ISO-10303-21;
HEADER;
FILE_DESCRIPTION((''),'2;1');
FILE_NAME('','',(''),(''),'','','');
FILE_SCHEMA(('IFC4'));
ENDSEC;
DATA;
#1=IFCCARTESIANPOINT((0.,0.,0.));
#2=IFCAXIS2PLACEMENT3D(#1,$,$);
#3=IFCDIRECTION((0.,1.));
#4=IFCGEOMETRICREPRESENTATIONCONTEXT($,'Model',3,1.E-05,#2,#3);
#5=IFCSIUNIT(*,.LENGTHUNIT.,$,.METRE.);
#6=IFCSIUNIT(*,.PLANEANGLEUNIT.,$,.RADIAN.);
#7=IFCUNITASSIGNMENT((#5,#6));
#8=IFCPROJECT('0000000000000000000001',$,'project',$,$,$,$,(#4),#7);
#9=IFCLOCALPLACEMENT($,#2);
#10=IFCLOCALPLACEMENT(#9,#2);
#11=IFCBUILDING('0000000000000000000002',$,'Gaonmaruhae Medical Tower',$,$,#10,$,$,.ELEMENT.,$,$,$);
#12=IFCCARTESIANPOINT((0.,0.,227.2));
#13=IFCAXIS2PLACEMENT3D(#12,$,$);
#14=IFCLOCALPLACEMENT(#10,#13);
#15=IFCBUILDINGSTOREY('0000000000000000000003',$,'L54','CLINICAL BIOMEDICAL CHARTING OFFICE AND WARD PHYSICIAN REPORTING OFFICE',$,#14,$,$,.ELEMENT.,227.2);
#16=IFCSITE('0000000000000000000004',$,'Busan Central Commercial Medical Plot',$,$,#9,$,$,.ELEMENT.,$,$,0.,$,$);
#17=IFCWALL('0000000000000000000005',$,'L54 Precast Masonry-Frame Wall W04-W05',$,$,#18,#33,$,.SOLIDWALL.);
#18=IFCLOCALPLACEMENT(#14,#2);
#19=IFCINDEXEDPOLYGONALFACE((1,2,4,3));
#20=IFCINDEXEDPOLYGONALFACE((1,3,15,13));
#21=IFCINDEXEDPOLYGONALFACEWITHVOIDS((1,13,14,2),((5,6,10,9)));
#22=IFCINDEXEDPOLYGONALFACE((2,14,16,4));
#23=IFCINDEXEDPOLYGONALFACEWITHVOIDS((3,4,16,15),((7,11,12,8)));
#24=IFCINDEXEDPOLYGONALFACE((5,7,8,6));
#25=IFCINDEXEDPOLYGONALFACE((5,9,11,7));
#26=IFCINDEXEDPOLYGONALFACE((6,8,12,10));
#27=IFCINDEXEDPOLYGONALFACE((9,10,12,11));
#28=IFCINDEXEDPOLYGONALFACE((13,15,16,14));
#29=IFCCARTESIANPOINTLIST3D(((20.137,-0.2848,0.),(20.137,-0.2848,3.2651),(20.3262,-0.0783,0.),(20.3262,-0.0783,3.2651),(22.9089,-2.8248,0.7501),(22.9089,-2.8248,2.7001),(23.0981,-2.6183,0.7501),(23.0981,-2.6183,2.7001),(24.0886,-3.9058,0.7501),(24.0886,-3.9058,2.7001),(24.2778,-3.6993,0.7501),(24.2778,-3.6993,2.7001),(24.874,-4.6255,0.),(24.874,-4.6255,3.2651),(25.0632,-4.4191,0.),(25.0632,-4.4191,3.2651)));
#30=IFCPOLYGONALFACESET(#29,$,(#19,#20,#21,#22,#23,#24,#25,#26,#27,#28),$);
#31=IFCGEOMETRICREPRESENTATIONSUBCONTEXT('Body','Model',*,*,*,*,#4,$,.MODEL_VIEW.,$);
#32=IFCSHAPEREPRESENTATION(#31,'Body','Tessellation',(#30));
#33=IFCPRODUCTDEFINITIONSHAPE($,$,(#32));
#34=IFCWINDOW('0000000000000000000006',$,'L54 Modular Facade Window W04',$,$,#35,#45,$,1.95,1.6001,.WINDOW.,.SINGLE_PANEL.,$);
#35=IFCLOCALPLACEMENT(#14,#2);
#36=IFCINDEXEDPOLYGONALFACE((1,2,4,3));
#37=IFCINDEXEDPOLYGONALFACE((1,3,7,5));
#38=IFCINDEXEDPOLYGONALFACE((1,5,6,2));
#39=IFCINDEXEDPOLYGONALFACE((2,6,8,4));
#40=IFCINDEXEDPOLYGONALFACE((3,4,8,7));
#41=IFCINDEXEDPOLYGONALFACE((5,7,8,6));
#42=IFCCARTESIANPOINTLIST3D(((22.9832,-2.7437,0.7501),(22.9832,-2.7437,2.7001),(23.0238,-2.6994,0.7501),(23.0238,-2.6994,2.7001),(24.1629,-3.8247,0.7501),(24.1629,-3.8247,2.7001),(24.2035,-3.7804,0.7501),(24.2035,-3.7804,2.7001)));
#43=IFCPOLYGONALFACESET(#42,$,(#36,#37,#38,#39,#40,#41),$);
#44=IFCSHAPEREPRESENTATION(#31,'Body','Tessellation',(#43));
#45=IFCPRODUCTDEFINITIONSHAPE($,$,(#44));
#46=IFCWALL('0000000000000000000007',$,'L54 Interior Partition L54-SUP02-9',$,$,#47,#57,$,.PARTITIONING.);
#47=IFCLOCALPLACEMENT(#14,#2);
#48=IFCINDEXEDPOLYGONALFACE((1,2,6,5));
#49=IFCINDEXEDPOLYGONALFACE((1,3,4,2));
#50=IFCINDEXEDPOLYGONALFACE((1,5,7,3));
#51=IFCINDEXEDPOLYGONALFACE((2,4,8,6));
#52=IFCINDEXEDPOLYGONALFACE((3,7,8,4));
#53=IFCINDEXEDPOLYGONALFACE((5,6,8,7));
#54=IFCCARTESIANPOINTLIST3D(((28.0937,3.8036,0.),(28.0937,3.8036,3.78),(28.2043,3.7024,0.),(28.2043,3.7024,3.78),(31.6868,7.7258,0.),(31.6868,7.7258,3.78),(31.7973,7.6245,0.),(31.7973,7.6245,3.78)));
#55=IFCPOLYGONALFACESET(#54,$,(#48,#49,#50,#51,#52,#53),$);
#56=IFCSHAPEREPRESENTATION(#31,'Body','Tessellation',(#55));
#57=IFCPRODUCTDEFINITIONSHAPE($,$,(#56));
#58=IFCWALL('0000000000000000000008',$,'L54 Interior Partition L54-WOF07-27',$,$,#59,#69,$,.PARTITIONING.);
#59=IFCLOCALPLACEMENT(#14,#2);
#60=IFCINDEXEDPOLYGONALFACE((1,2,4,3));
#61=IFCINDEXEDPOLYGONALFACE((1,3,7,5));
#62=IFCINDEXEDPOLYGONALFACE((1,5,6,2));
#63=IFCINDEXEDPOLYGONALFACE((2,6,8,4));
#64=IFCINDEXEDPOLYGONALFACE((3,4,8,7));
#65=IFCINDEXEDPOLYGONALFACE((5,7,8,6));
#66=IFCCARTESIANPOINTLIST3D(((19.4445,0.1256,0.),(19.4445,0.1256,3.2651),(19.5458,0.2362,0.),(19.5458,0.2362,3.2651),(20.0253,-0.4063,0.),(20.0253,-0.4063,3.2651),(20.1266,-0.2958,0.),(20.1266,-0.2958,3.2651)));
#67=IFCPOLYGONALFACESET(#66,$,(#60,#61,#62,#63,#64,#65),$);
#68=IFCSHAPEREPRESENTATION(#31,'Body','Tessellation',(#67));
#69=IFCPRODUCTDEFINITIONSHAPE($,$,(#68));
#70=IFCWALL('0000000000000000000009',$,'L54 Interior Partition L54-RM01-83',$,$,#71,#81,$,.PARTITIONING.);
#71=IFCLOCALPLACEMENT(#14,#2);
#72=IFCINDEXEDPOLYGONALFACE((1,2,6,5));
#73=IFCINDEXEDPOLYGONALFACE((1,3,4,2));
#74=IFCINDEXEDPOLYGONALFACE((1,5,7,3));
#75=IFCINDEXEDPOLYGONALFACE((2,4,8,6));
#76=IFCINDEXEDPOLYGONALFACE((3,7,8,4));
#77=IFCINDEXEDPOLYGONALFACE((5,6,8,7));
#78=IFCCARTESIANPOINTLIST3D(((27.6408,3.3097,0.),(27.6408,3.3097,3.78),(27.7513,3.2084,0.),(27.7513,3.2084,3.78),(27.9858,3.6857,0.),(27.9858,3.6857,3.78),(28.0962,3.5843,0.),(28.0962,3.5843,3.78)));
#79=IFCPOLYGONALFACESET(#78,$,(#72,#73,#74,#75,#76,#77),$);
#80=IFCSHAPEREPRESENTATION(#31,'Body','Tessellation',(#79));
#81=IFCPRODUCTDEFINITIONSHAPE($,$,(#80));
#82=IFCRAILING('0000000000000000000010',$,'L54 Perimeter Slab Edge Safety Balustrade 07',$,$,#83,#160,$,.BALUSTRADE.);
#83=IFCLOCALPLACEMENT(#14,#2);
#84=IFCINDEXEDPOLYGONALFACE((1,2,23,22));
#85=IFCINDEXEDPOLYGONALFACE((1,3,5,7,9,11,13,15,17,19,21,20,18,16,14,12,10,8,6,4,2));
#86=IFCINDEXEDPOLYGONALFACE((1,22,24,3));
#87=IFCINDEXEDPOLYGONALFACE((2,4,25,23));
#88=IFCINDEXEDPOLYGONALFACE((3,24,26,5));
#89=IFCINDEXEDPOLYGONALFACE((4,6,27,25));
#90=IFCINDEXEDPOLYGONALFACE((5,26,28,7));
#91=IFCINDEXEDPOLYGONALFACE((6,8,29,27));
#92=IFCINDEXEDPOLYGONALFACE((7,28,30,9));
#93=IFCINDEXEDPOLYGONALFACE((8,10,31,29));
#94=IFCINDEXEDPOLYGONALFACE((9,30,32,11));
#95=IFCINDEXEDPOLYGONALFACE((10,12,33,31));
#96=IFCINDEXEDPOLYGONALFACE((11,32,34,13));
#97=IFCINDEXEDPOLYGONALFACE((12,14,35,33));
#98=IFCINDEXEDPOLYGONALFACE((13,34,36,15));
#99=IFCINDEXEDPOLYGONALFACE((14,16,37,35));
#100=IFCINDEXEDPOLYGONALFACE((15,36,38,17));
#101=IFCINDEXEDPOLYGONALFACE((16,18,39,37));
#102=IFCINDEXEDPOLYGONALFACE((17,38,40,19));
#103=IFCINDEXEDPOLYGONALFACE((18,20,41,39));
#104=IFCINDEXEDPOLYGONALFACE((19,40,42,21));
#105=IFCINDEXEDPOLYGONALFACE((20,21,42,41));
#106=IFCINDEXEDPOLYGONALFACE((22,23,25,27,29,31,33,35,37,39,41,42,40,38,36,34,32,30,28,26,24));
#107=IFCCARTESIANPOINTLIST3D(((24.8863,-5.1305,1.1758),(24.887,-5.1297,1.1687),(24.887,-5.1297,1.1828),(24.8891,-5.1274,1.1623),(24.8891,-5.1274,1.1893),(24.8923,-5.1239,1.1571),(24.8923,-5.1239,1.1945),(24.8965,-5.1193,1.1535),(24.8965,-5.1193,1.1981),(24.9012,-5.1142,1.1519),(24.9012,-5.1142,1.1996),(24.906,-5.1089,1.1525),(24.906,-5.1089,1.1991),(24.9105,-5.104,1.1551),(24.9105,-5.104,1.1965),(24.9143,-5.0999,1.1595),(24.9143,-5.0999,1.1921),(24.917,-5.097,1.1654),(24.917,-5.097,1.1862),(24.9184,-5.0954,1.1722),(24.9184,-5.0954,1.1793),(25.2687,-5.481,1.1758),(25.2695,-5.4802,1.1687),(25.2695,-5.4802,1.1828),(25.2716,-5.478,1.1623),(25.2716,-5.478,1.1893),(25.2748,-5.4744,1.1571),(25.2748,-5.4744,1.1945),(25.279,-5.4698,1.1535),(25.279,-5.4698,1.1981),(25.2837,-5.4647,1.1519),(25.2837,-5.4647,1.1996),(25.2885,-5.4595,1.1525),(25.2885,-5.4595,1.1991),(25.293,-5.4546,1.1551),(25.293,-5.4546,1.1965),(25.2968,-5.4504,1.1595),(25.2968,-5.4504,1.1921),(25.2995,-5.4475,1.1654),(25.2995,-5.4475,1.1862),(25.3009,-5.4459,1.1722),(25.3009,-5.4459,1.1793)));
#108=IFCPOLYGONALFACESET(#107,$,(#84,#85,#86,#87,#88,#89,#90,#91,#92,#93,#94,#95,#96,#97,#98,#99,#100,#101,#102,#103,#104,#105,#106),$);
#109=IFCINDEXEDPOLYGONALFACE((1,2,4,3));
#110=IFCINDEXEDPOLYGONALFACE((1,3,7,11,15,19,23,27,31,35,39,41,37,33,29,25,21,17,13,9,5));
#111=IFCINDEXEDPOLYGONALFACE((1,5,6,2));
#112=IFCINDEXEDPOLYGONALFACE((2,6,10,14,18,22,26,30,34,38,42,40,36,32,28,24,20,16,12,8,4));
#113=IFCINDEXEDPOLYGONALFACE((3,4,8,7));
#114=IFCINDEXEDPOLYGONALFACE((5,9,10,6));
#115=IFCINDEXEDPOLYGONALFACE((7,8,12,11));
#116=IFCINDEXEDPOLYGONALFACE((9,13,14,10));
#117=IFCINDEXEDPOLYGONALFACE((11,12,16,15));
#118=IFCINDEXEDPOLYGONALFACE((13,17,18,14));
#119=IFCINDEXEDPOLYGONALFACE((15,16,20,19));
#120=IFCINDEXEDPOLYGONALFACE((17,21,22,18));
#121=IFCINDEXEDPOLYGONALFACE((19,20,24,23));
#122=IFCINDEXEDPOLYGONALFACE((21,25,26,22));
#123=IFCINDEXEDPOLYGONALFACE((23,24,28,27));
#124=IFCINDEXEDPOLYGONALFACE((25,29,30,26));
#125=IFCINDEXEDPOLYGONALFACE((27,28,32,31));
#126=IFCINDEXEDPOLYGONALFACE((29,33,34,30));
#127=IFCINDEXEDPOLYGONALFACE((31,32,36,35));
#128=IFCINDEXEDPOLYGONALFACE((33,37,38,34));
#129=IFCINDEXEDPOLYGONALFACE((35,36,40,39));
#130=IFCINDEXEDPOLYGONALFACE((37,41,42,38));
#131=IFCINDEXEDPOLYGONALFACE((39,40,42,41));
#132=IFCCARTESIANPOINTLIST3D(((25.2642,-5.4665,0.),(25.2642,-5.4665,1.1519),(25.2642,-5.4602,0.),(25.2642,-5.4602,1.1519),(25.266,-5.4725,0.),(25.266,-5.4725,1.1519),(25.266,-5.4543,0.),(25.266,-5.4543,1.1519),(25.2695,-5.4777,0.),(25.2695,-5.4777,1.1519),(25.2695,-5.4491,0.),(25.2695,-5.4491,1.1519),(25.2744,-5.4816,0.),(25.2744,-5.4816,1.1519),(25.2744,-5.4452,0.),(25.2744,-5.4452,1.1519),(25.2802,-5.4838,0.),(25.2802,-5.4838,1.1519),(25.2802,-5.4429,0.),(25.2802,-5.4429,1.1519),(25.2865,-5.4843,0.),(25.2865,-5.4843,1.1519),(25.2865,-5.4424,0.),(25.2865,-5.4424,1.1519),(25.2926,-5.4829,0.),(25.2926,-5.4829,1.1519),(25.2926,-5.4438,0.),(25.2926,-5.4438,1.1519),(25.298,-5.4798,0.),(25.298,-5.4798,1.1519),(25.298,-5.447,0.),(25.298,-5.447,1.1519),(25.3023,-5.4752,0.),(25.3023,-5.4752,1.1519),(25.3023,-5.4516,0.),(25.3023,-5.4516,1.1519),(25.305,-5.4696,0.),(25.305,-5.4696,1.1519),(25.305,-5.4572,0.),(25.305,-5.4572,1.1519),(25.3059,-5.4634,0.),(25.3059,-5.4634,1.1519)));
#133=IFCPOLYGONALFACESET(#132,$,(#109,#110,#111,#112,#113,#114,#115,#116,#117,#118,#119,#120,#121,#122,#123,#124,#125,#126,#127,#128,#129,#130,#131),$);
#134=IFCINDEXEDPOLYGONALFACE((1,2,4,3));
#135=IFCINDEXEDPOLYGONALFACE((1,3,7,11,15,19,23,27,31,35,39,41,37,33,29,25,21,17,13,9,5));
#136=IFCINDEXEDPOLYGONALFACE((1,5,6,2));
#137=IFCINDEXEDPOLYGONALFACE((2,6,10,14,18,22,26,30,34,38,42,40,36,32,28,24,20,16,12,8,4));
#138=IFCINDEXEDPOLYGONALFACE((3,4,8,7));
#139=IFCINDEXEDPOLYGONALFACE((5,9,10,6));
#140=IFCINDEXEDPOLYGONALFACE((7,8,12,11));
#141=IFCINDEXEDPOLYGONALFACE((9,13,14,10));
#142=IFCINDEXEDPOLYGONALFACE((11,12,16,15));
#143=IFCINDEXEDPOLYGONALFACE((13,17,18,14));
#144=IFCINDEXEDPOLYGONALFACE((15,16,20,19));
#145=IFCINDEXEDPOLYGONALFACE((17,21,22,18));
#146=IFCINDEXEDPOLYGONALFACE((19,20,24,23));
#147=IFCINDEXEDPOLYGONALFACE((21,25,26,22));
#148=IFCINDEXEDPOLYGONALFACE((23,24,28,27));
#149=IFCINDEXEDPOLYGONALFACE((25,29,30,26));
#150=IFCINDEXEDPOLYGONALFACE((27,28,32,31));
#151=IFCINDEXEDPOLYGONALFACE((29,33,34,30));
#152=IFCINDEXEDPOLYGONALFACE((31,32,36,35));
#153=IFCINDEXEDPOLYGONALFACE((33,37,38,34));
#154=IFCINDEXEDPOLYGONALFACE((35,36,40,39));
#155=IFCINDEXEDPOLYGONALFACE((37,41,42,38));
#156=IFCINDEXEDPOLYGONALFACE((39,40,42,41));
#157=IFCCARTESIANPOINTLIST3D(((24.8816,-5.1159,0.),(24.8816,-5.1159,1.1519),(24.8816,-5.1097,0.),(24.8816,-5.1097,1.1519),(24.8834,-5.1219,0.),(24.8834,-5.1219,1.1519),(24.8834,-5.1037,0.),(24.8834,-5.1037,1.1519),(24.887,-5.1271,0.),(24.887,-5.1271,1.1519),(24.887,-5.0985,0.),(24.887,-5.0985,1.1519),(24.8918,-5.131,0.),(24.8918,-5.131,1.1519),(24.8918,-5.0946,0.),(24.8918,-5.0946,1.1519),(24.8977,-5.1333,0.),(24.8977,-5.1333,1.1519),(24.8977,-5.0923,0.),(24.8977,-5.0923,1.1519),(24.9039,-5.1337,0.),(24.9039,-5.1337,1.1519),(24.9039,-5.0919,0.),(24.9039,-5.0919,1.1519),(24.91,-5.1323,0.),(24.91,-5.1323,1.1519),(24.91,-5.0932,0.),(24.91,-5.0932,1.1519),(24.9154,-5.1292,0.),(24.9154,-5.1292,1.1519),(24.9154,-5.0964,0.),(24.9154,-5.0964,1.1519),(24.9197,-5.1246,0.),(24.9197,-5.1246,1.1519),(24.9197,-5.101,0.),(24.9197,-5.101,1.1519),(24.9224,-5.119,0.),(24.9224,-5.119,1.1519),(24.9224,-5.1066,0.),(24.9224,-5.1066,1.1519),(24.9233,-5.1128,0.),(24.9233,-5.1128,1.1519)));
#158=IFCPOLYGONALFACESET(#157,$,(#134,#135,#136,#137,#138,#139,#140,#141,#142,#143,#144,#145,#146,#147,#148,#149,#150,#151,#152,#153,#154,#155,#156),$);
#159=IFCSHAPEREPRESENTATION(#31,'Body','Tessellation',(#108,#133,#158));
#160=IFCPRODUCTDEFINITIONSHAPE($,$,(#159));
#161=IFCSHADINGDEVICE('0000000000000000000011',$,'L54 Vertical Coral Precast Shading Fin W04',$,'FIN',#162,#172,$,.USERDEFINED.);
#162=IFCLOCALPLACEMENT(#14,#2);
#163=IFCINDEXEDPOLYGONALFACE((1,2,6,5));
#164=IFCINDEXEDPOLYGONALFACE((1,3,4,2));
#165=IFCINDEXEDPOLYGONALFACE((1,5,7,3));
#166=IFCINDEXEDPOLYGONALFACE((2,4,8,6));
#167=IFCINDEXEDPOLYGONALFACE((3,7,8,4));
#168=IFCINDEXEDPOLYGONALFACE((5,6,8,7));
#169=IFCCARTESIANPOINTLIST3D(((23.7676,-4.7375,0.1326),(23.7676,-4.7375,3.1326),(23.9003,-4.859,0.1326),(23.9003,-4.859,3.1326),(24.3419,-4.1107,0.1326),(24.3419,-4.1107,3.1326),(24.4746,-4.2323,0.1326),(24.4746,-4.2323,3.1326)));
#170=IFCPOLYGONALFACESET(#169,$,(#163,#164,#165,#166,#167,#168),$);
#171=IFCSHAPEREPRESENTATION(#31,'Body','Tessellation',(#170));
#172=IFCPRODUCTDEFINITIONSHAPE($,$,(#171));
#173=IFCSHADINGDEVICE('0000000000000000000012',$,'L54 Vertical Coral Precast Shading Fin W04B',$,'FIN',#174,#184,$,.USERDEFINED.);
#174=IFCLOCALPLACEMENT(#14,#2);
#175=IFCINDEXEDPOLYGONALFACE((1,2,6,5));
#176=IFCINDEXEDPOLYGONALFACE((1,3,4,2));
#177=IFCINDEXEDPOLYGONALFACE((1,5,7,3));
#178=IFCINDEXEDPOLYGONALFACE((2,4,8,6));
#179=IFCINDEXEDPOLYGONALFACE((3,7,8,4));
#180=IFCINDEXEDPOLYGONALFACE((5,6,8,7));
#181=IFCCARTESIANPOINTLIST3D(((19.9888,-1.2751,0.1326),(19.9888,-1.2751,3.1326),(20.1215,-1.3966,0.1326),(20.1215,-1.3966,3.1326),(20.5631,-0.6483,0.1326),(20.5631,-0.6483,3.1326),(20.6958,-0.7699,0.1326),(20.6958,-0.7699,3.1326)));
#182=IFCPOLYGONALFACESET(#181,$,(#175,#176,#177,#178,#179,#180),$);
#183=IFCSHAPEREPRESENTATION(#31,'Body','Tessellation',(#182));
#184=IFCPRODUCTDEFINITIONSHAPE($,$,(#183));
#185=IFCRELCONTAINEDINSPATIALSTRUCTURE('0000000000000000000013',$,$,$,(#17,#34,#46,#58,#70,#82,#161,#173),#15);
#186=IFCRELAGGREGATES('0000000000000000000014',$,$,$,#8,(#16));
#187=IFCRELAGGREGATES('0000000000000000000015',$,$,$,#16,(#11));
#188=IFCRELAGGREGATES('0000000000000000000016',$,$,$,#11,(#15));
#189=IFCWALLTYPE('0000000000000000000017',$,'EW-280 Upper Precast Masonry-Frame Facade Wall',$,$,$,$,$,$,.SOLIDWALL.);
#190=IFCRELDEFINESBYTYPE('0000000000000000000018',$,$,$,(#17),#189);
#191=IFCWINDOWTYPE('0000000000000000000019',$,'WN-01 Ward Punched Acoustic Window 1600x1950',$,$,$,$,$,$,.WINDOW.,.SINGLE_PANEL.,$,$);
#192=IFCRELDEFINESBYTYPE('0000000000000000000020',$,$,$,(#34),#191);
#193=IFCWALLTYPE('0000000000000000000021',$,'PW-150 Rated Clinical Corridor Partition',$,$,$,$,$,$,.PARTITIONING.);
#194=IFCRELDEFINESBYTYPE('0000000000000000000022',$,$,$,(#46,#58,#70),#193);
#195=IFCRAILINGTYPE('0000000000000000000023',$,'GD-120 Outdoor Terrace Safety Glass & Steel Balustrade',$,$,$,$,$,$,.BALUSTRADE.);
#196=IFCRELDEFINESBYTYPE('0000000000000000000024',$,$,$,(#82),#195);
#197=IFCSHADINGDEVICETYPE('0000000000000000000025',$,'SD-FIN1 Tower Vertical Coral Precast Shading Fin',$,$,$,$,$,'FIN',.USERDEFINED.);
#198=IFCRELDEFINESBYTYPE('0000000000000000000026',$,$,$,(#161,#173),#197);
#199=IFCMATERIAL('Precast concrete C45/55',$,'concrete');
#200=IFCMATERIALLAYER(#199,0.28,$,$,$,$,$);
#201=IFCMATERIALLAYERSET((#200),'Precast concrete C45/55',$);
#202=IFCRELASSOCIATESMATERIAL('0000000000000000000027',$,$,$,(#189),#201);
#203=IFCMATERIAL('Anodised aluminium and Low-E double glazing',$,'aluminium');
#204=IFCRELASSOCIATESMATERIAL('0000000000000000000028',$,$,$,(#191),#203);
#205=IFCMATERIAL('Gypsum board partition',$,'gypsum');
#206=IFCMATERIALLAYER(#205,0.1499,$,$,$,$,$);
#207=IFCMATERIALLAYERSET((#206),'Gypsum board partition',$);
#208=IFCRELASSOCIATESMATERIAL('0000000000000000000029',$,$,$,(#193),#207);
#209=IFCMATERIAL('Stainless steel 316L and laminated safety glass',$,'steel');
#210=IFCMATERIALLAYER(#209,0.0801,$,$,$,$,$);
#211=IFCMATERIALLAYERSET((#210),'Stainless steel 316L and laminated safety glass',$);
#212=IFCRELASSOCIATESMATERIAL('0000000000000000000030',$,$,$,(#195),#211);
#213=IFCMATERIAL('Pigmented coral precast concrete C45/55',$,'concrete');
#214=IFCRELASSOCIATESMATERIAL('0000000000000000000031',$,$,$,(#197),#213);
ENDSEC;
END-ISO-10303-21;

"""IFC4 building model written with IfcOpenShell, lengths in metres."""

from ifc_helpers import new_model, si_unit, direction, frame, frame_2d, origin, origin_2d, place, context, subcontext, project, spatial, rectangle, circle, extrude, material, layer, layer_set, type_object, element, fill, save


model = new_model("IFC4")

# Units and contexts
model_context = context("Model", 3, precision=1e-05, world=origin(), true_north=direction((0.0, 1.0)))
body_context = subcontext(model_context, "Body", "Model", "MODEL_VIEW")
ifc_project = project(units=[si_unit("LENGTHUNIT", "METRE"), si_unit("PLANEANGLEUNIT", "RADIAN")], contexts=[model_context])

# Site, building, storey
site_placement = place(None, origin())
site = spatial("IfcSite", under=ifc_project, at=site_placement, Name="Busan Central Commercial Medical Plot", CompositionType="ELEMENT", RefElevation=0.0)
building_placement = place(site_placement, origin())
building = spatial("IfcBuilding", under=site, at=building_placement, Name="Gaonmaruhae Medical Tower", CompositionType="ELEMENT")
storey_placement = place(building_placement, frame((0.0, 0.0, 227.2)))
storey = spatial("IfcBuildingStorey", under=building, at=storey_placement, Name="L54", Description="CLINICAL BIOMEDICAL CHARTING OFFICE AND WARD PHYSICIAN REPORTING OFFICE", CompositionType="ELEMENT", Elevation=227.2)

# Wall, opening, window
ifc_material_1 = material(Name="Precast concrete C45/55", Category="concrete")
ifc_layer_1 = layer(ifc_material_1, 0.28)
ifc_layer_set_1 = layer_set([ifc_layer_1], Name="Precast concrete C45/55")
wall_type_1 = type_object("IfcWallType", Name="EW-280 Upper Precast Masonry-Frame Facade Wall", PredefinedType="SOLIDWALL", material=ifc_layer_set_1)
ifc_material_2 = material(Name="Anodised aluminium and Low-E double glazing", Category="aluminium")
wall_1_placement = place(storey_placement, frame((24.9685, -4.5222, 0.0), z_axis=(0.0, 0.0, 1.0), x_axis=(-0.737269, 0.675599, 0.0)))
wall_1 = element("IfcWall", 1, at=wall_1_placement, inside=storey, type_object=wall_type_1, Name="L54 Precast Masonry-Frame Wall W04-W05", PredefinedType="SOLIDWALL", context=body_context, shape_type="SweptSolid", body=[
    extrude(rectangle(XDim=6.425, YDim=0.28, at=frame_2d((3.2124, 0.0))), origin(), (0.0, 0.0, 1.0), 3.2651),
])
opening_1_placement = place(wall_1_placement, frame((1.0652, 0.0, 0.75)))
opening_1 = element("IfcOpeningElement", 2, at=opening_1_placement, cuts=wall_1, PredefinedType="OPENING", context=body_context, shape_type="SweptSolid", body=[
    extrude(rectangle(XDim=1.6001, YDim=1.95, at=frame_2d((0.8, 0.9751))), frame((0.0, 0.1499, 0.0), z_axis=(0.0, -1.0, 0.0), x_axis=(1.0, 0.0, 0.0)), (0.0, 0.0, 1.0), 0.3),
])
window_type_1 = type_object("IfcWindowType", Name="WN-01 Ward Punched Acoustic Window 1600x1950", PartitioningType="SINGLE_PANEL", PredefinedType="WINDOW", material=ifc_material_2)
window_1_placement = place(opening_1_placement, origin())
window_1 = element("IfcWindow", 3, at=window_1_placement, inside=storey, type_object=window_type_1, Name="L54 Modular Facade Window W04", OverallHeight=1.95, OverallWidth=1.6001, PartitioningType="SINGLE_PANEL", PredefinedType="WINDOW", context=body_context, shape_type="SweptSolid", body=[
    extrude(rectangle(XDim=1.6001, YDim=1.95, at=frame_2d((0.8, 0.9751))), frame((0.0, 0.03, 0.0), z_axis=(0.0, -1.0, 0.0), x_axis=(1.0, 0.0, 0.0)), (0.0, 0.0, 1.0), 0.0601),
])
fill(opening_1, window_1)

# Shared definitions
ifc_material_3 = material(Name="Gypsum board partition", Category="gypsum")
ifc_layer_2 = layer(ifc_material_3, 0.1499)
ifc_layer_set_2 = layer_set([ifc_layer_2], Name="Gypsum board partition")
wall_type_2 = type_object("IfcWallType", Name="PW-150 Rated Clinical Corridor Partition", PredefinedType="PARTITIONING", material=ifc_layer_set_2)

# Walls
wall_2_placement = place(storey_placement, frame((28.1489, 3.7529, 0.0), z_axis=(0.0, 0.0, 1.0), x_axis=(0.675494, 0.737366, 0.0)))
element("IfcWall", 4, at=wall_2_placement, inside=storey, type_object=wall_type_2, Name="L54 Interior Partition L54-SUP02-9", PredefinedType="PARTITIONING", context=body_context, shape_type="SweptSolid", body=[
    extrude(rectangle(XDim=5.3191, YDim=0.1499, at=frame_2d((2.6597, 0.0))), origin(), (0.0, 0.0, 1.0), 3.78),
])
wall_3_placement = place(storey_placement, frame((20.0759, -0.3511, 0.0), z_axis=(0.0, 0.0, 1.0), x_axis=(-0.737424, 0.67543, 0.0)))
element("IfcWall", 5, at=wall_3_placement, inside=storey, type_object=wall_type_2, Name="L54 Interior Partition L54-WOF07-27", PredefinedType="PARTITIONING", context=body_context, shape_type="SweptSolid", body=[
    extrude(rectangle(XDim=0.7876, YDim=0.1499, at=frame_2d((0.3938, 0.0))), origin(), (0.0, 0.0, 1.0), 3.2651),
])
wall_4_placement = place(storey_placement, frame((28.041, 3.635, 0.0), z_axis=(0.0, 0.0, 1.0), x_axis=(-0.676071, -0.736836, 0.0)))
element("IfcWall", 6, at=wall_4_placement, inside=storey, type_object=wall_type_2, Name="L54 Interior Partition L54-RM01-83", PredefinedType="PARTITIONING", context=body_context, shape_type="SweptSolid", body=[
    extrude(rectangle(XDim=0.5103, YDim=0.1499, at=frame_2d((0.2551, 0.0))), origin(), (0.0, 0.0, 1.0), 3.78),
])

# Railing
ifc_material_4 = material(Name="Stainless steel 316L and laminated safety glass", Category="steel")
ifc_layer_3 = layer(ifc_material_4, 0.0801)
ifc_layer_set_3 = layer_set([ifc_layer_3], Name="Stainless steel 316L and laminated safety glass")
railing_type = type_object("IfcRailingType", Name="GD-120 Outdoor Terrace Safety Glass & Steel Balustrade", PredefinedType="BALUSTRADE", material=ifc_layer_set_3)
railing_placement = place(storey_placement, frame((25.2849, -5.4634, 0.0)))
element("IfcRailing", 7, at=railing_placement, inside=storey, type_object=railing_type, Name="L54 Perimeter Slab Edge Safety Balustrade 07", PredefinedType="BALUSTRADE", context=body_context, shape_type="SweptSolid", body=[
    extrude(circle(Radius=0.0239, at=origin_2d()), frame((0.0, 0.0, 1.1758), z_axis=(-0.737252, 0.675618, 0.0), x_axis=(-0.675618, -0.737252, 0.0)), (0.0, 0.0, 1.0), 0.5188),
    extrude(circle(Radius=0.021, at=origin_2d()), origin(), (0.0, 0.0, 1.0), 1.1519),
    extrude(circle(Radius=0.021, at=origin_2d()), frame((-0.3826, 0.3506, 0.0)), (0.0, 0.0, 1.0), 1.1519),
])

# Shading devices
ifc_material_5 = material(Name="Pigmented coral precast concrete C45/55", Category="concrete")
shading_device_type = type_object("IfcShadingDeviceType", Name="SD-FIN1 Tower Vertical Coral Precast Shading Fin", ElementType="FIN", PredefinedType="USERDEFINED", material=ifc_material_5)
for number, where, z_axis, x_axis, name in (
    (8, (24.1211, -4.4849, 0.1326), (0.0, 0.0, 1.0), (-0.737277, 0.67559, 0.0), "L54 Vertical Coral Precast Shading Fin W04"),
    (9, (20.3423, -1.0225, 0.1326), (0.0, 0.0, 1.0), (-0.737277, 0.67559, 0.0), "L54 Vertical Coral Precast Shading Fin W04B"),
):
    element("IfcShadingDevice", number, at=place(storey_placement, frame(where, z_axis=z_axis, x_axis=x_axis)), inside=storey, type_object=shading_device_type, Name=name, ObjectType="FIN", PredefinedType="USERDEFINED", context=body_context, shape_type="SweptSolid", body=[
        extrude(rectangle(XDim=0.1799, YDim=0.8501, at=origin_2d()), origin(), (0.0, 0.0, 1.0), 3.0),
    ])

save(model, "model.ifc")
